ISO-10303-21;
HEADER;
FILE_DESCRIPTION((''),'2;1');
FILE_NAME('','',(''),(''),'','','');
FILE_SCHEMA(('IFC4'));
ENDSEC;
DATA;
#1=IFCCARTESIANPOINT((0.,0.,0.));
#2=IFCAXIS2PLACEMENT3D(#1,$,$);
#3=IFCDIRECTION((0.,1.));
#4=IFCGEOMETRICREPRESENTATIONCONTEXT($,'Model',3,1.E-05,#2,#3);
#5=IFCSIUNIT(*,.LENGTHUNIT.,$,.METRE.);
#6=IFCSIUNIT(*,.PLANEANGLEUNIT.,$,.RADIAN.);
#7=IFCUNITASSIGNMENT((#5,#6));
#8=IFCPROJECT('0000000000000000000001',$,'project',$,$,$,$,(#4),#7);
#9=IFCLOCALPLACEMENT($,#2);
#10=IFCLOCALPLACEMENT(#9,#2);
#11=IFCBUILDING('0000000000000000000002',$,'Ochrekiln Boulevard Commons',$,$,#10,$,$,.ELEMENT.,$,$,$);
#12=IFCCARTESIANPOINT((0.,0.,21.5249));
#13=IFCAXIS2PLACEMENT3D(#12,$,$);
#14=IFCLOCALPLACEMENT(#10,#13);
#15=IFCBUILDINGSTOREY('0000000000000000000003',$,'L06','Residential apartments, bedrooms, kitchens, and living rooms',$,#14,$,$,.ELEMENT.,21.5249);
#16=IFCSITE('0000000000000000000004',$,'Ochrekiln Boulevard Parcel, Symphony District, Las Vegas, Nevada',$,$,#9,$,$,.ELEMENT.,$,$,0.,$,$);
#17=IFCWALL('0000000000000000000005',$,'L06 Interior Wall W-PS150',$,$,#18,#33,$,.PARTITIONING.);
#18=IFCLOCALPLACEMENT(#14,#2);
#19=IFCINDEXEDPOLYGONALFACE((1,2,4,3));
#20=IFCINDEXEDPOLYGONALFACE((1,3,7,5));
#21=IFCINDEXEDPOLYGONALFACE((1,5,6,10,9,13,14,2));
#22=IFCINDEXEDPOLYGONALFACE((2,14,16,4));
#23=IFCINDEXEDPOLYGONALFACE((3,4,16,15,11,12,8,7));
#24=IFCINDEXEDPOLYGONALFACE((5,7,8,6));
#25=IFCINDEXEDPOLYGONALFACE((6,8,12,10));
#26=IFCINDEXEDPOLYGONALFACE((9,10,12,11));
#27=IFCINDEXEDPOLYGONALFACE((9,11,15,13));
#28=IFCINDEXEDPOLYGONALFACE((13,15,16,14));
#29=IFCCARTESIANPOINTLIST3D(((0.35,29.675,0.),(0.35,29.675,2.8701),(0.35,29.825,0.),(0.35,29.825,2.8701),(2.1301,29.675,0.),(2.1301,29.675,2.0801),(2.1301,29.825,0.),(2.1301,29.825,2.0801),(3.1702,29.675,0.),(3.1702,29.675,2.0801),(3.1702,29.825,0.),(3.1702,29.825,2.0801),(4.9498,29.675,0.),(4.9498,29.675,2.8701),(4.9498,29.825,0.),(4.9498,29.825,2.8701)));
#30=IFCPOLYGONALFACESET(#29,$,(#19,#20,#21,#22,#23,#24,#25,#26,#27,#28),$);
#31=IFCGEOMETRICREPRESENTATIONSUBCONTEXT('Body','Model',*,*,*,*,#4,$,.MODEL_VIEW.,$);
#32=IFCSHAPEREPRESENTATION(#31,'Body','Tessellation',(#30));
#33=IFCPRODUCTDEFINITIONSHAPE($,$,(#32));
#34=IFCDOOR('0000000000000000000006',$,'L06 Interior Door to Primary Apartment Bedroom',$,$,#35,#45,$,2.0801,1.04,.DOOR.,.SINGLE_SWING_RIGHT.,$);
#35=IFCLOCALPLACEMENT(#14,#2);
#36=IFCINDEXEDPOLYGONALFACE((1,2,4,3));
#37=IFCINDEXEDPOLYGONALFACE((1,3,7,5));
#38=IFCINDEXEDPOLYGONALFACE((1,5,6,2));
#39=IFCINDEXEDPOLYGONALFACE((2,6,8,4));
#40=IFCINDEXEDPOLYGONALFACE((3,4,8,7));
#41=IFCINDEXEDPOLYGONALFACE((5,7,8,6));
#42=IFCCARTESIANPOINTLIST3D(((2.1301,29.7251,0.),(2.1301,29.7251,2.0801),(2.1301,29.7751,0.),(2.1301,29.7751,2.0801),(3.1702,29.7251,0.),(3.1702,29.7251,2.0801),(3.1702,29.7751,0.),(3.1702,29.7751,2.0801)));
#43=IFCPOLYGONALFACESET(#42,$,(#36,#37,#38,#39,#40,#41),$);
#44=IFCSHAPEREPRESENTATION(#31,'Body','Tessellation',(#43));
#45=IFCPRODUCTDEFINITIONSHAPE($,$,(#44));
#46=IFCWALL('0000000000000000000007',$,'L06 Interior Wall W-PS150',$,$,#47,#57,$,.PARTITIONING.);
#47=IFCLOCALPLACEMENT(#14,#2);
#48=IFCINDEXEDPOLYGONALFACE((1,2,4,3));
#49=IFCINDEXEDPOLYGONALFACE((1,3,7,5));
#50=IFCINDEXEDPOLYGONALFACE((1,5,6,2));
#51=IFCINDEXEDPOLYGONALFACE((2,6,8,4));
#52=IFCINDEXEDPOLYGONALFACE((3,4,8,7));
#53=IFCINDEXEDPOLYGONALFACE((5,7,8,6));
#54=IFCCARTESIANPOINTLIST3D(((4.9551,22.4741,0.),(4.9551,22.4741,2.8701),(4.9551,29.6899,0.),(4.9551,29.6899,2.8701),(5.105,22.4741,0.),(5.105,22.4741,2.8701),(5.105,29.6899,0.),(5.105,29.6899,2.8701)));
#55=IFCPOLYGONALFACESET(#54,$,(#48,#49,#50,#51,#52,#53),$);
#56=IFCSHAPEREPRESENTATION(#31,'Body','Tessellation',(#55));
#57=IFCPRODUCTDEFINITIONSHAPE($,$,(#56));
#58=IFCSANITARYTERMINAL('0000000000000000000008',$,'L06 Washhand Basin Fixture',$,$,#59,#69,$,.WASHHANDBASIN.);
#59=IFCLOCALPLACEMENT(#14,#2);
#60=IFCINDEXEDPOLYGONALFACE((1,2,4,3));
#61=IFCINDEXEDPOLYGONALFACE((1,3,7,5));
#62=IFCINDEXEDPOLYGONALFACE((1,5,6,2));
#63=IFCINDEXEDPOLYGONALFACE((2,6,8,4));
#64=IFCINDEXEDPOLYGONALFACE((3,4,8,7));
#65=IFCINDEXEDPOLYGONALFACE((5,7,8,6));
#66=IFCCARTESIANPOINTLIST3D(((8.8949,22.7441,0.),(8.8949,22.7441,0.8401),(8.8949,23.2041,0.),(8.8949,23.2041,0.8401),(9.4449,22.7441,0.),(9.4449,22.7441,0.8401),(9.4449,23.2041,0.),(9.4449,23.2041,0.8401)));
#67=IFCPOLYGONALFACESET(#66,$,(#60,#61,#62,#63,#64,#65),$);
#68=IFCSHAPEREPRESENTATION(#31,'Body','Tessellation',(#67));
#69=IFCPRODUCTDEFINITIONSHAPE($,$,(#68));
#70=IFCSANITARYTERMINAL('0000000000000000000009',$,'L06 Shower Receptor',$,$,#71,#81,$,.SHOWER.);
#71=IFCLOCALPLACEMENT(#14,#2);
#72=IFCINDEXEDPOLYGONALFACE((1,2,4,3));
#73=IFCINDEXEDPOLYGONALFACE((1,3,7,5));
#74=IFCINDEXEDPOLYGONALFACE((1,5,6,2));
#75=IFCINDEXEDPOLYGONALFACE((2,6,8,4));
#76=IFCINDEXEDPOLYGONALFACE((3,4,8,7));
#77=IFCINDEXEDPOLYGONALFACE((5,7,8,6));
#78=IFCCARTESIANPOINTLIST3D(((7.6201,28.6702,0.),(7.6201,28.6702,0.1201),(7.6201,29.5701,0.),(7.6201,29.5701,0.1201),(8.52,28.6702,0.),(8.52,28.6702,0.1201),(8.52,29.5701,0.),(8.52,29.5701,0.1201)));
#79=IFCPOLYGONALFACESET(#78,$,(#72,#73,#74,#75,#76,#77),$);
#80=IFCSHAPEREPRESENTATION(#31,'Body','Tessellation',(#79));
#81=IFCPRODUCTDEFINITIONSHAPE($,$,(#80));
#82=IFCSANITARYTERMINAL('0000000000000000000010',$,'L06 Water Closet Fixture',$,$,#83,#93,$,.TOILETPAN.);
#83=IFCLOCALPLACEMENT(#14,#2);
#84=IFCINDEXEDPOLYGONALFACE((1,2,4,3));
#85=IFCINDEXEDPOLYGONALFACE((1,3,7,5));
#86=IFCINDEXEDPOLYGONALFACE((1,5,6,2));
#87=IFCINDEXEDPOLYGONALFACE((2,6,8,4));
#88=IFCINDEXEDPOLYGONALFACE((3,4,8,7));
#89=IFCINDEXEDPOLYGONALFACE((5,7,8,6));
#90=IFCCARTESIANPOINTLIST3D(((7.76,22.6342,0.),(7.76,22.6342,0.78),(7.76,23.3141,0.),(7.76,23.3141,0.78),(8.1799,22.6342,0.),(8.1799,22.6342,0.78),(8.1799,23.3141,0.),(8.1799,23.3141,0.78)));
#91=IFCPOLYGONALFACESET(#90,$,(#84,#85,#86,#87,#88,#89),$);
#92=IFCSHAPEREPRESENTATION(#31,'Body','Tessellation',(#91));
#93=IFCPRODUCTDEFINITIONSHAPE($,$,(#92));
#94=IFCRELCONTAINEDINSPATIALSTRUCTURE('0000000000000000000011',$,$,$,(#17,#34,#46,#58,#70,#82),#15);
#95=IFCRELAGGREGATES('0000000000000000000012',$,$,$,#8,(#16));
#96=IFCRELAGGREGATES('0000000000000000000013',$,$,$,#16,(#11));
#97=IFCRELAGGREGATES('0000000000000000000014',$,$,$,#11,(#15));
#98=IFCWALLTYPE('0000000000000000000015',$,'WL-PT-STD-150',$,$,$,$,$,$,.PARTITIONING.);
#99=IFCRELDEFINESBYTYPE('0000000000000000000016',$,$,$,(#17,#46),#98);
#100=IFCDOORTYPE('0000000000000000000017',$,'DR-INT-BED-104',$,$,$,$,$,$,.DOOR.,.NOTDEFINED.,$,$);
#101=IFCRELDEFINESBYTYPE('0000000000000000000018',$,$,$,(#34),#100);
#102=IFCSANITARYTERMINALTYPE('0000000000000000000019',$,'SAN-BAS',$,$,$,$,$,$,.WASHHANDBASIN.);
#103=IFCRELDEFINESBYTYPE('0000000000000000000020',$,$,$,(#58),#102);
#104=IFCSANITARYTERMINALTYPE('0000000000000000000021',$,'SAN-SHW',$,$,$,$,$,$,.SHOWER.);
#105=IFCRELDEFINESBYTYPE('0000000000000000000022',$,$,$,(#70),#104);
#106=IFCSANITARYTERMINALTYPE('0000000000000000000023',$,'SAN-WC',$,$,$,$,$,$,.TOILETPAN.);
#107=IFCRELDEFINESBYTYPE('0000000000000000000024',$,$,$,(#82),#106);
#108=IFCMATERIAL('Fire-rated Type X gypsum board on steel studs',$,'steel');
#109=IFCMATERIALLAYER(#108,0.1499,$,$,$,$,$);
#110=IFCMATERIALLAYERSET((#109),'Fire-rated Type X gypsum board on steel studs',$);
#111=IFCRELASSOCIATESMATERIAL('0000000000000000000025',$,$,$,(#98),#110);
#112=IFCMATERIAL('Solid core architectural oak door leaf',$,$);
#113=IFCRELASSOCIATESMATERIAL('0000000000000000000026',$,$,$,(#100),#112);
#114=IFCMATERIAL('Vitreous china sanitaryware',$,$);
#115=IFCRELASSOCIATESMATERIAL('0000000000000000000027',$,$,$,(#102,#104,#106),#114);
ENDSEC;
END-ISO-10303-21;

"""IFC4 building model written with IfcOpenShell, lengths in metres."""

from ifc_helpers import new_model, si_unit, direction, frame, frame_2d, origin, origin_2d, place, context, subcontext, project, spatial, rectangle, extrude, material, layer, layer_set, type_object, element, fill, save


model = new_model("IFC4")

# Units and contexts
model_context = context("Model", 3, precision=1e-05, world=origin(), true_north=direction((0.0, 1.0)))
body_context = subcontext(model_context, "Body", "Model", "MODEL_VIEW")
ifc_project = project(units=[si_unit("LENGTHUNIT", "METRE"), si_unit("PLANEANGLEUNIT", "RADIAN")], contexts=[model_context])

# Site, building, storey
site_placement = place(None, origin())
site = spatial("IfcSite", under=ifc_project, at=site_placement, Name="Ochrekiln Boulevard Parcel, Symphony District, Las Vegas, Nevada", CompositionType="ELEMENT", RefElevation=0.0)
building_placement = place(site_placement, origin())
building = spatial("IfcBuilding", under=site, at=building_placement, Name="Ochrekiln Boulevard Commons", CompositionType="ELEMENT")
storey_placement = place(building_placement, frame((0.0, 0.0, 21.5249)))
storey = spatial("IfcBuildingStorey", under=building, at=storey_placement, Name="L06", Description="Residential apartments, bedrooms, kitchens, and living rooms", CompositionType="ELEMENT", Elevation=21.5249)

# Shared definitions
ifc_material_1 = material(Name="Solid core architectural oak door leaf")

# Wall, opening, door
ifc_material_2 = material(Name="Fire-rated Type X gypsum board on steel studs", Category="steel")
ifc_layer_1 = layer(ifc_material_2, 0.1499)
ifc_layer_set_1 = layer_set([ifc_layer_1], Name="Fire-rated Type X gypsum board on steel studs")
wall_type_1 = type_object("IfcWallType", Name="WL-PT-STD-150", PredefinedType="PARTITIONING", material=ifc_layer_set_1)
wall_1_placement = place(storey_placement, frame((0.3501, 29.75, 0.0), z_axis=(0.0, 0.0, 1.0), x_axis=(1.0, 0.0, 0.0)))
wall_1 = element("IfcWall", 1, at=wall_1_placement, inside=storey, type_object=wall_type_1, Name="L06 Interior Wall W-PS150", PredefinedType="PARTITIONING", context=body_context, shape_type="SweptSolid", body=[
    extrude(rectangle(XDim=4.5999, YDim=0.1499, at=frame_2d((2.2998, 0.0))), origin(), (0.0, 0.0, 1.0), 2.8701),
])
opening_1_placement = place(wall_1_placement, frame((1.78, 0.0, 0.0)))
opening_1 = element("IfcOpeningElement", 2, at=opening_1_placement, cuts=wall_1, PredefinedType="OPENING", context=body_context, shape_type="SweptSolid", body=[
    extrude(rectangle(XDim=1.04, YDim=2.0801, at=frame_2d((0.52, 1.04))), frame((0.0, 0.085, 0.0), z_axis=(0.0, -1.0, 0.0), x_axis=(1.0, 0.0, 0.0)), (0.0, 0.0, 1.0), 0.1699),
])
door_type_1 = type_object("IfcDoorType", Name="DR-INT-BED-104", OperationType="NOTDEFINED", PredefinedType="DOOR", material=ifc_material_1)
door_1_placement = place(opening_1_placement, frame((1.04, 0.0, 0.0), z_axis=(0.0, 0.0, 1.0), x_axis=(-1.0, 0.0, 0.0)))
door_1 = element("IfcDoor", 3, at=door_1_placement, inside=storey, type_object=door_type_1, Name="L06 Interior Door to Primary Apartment Bedroom", OperationType="SINGLE_SWING_RIGHT", OverallHeight=2.0801, OverallWidth=1.04, PredefinedType="DOOR", context=body_context, shape_type="SweptSolid", body=[
    extrude(rectangle(XDim=1.04, YDim=2.0801, at=frame_2d((0.52, 1.04))), frame((0.0, 0.0249, 0.0), z_axis=(0.0, -1.0, 0.0), x_axis=(1.0, 0.0, 0.0)), (0.0, 0.0, 1.0), 0.05),
])
fill(opening_1, door_1)

# Wall
wall_2_placement = place(storey_placement, frame((5.03, 22.4741, 0.0), z_axis=(0.0, 0.0, 1.0), x_axis=(0.0, 1.0, 0.0)))
element("IfcWall", 4, at=wall_2_placement, inside=storey, type_object=wall_type_1, Name="L06 Interior Wall W-PS150", PredefinedType="PARTITIONING", context=body_context, shape_type="SweptSolid", body=[
    extrude(rectangle(XDim=7.2158, YDim=0.1499, at=frame_2d((3.6079, 0.0))), origin(), (0.0, 0.0, 1.0), 2.8701),
])

# Sanitary terminals
ifc_material_3 = material(Name="Vitreous china sanitaryware")
sanitary_terminal_type_1 = type_object("IfcSanitaryTerminalType", Name="SAN-BAS", PredefinedType="WASHHANDBASIN", material=ifc_material_3)
sanitary_terminal_1_placement = place(storey_placement, frame((9.1699, 22.9741, 0.0), z_axis=(0.0, 0.0, 1.0), x_axis=(1.0, 0.0, 0.0)))
element("IfcSanitaryTerminal", 5, at=sanitary_terminal_1_placement, inside=storey, type_object=sanitary_terminal_type_1, Name="L06 Washhand Basin Fixture", PredefinedType="WASHHANDBASIN", context=body_context, shape_type="SweptSolid", body=[
    extrude(rectangle(XDim=0.55, YDim=0.46, at=origin_2d()), origin(), (0.0, 0.0, 1.0), 0.8401),
])
sanitary_terminal_type_2 = type_object("IfcSanitaryTerminalType", Name="SAN-SHW", PredefinedType="SHOWER", material=ifc_material_3)
sanitary_terminal_2_placement = place(storey_placement, frame((8.0701, 29.1201, 0.0), z_axis=(0.0, 0.0, 1.0), x_axis=(1.0, 0.0, 0.0)))
element("IfcSanitaryTerminal", 6, at=sanitary_terminal_2_placement, inside=storey, type_object=sanitary_terminal_type_2, Name="L06 Shower Receptor", PredefinedType="SHOWER", context=body_context, shape_type="SweptSolid", body=[
    extrude(rectangle(XDim=0.8999, YDim=0.8999, at=origin_2d()), origin(), (0.0, 0.0, 1.0), 0.1201),
])
sanitary_terminal_type_3 = type_object("IfcSanitaryTerminalType", Name="SAN-WC", PredefinedType="TOILETPAN", material=ifc_material_3)
sanitary_terminal_3_placement = place(storey_placement, frame((7.97, 22.9741, 0.0), z_axis=(0.0, 0.0, 1.0), x_axis=(1.0, 0.0, 0.0)))
element("IfcSanitaryTerminal", 7, at=sanitary_terminal_3_placement, inside=storey, type_object=sanitary_terminal_type_3, Name="L06 Water Closet Fixture", PredefinedType="TOILETPAN", context=body_context, shape_type="SweptSolid", body=[
    extrude(rectangle(XDim=0.4199, YDim=0.6799, at=origin_2d()), origin(), (0.0, 0.0, 1.0), 0.78),
])

save(model, "model.ifc")
